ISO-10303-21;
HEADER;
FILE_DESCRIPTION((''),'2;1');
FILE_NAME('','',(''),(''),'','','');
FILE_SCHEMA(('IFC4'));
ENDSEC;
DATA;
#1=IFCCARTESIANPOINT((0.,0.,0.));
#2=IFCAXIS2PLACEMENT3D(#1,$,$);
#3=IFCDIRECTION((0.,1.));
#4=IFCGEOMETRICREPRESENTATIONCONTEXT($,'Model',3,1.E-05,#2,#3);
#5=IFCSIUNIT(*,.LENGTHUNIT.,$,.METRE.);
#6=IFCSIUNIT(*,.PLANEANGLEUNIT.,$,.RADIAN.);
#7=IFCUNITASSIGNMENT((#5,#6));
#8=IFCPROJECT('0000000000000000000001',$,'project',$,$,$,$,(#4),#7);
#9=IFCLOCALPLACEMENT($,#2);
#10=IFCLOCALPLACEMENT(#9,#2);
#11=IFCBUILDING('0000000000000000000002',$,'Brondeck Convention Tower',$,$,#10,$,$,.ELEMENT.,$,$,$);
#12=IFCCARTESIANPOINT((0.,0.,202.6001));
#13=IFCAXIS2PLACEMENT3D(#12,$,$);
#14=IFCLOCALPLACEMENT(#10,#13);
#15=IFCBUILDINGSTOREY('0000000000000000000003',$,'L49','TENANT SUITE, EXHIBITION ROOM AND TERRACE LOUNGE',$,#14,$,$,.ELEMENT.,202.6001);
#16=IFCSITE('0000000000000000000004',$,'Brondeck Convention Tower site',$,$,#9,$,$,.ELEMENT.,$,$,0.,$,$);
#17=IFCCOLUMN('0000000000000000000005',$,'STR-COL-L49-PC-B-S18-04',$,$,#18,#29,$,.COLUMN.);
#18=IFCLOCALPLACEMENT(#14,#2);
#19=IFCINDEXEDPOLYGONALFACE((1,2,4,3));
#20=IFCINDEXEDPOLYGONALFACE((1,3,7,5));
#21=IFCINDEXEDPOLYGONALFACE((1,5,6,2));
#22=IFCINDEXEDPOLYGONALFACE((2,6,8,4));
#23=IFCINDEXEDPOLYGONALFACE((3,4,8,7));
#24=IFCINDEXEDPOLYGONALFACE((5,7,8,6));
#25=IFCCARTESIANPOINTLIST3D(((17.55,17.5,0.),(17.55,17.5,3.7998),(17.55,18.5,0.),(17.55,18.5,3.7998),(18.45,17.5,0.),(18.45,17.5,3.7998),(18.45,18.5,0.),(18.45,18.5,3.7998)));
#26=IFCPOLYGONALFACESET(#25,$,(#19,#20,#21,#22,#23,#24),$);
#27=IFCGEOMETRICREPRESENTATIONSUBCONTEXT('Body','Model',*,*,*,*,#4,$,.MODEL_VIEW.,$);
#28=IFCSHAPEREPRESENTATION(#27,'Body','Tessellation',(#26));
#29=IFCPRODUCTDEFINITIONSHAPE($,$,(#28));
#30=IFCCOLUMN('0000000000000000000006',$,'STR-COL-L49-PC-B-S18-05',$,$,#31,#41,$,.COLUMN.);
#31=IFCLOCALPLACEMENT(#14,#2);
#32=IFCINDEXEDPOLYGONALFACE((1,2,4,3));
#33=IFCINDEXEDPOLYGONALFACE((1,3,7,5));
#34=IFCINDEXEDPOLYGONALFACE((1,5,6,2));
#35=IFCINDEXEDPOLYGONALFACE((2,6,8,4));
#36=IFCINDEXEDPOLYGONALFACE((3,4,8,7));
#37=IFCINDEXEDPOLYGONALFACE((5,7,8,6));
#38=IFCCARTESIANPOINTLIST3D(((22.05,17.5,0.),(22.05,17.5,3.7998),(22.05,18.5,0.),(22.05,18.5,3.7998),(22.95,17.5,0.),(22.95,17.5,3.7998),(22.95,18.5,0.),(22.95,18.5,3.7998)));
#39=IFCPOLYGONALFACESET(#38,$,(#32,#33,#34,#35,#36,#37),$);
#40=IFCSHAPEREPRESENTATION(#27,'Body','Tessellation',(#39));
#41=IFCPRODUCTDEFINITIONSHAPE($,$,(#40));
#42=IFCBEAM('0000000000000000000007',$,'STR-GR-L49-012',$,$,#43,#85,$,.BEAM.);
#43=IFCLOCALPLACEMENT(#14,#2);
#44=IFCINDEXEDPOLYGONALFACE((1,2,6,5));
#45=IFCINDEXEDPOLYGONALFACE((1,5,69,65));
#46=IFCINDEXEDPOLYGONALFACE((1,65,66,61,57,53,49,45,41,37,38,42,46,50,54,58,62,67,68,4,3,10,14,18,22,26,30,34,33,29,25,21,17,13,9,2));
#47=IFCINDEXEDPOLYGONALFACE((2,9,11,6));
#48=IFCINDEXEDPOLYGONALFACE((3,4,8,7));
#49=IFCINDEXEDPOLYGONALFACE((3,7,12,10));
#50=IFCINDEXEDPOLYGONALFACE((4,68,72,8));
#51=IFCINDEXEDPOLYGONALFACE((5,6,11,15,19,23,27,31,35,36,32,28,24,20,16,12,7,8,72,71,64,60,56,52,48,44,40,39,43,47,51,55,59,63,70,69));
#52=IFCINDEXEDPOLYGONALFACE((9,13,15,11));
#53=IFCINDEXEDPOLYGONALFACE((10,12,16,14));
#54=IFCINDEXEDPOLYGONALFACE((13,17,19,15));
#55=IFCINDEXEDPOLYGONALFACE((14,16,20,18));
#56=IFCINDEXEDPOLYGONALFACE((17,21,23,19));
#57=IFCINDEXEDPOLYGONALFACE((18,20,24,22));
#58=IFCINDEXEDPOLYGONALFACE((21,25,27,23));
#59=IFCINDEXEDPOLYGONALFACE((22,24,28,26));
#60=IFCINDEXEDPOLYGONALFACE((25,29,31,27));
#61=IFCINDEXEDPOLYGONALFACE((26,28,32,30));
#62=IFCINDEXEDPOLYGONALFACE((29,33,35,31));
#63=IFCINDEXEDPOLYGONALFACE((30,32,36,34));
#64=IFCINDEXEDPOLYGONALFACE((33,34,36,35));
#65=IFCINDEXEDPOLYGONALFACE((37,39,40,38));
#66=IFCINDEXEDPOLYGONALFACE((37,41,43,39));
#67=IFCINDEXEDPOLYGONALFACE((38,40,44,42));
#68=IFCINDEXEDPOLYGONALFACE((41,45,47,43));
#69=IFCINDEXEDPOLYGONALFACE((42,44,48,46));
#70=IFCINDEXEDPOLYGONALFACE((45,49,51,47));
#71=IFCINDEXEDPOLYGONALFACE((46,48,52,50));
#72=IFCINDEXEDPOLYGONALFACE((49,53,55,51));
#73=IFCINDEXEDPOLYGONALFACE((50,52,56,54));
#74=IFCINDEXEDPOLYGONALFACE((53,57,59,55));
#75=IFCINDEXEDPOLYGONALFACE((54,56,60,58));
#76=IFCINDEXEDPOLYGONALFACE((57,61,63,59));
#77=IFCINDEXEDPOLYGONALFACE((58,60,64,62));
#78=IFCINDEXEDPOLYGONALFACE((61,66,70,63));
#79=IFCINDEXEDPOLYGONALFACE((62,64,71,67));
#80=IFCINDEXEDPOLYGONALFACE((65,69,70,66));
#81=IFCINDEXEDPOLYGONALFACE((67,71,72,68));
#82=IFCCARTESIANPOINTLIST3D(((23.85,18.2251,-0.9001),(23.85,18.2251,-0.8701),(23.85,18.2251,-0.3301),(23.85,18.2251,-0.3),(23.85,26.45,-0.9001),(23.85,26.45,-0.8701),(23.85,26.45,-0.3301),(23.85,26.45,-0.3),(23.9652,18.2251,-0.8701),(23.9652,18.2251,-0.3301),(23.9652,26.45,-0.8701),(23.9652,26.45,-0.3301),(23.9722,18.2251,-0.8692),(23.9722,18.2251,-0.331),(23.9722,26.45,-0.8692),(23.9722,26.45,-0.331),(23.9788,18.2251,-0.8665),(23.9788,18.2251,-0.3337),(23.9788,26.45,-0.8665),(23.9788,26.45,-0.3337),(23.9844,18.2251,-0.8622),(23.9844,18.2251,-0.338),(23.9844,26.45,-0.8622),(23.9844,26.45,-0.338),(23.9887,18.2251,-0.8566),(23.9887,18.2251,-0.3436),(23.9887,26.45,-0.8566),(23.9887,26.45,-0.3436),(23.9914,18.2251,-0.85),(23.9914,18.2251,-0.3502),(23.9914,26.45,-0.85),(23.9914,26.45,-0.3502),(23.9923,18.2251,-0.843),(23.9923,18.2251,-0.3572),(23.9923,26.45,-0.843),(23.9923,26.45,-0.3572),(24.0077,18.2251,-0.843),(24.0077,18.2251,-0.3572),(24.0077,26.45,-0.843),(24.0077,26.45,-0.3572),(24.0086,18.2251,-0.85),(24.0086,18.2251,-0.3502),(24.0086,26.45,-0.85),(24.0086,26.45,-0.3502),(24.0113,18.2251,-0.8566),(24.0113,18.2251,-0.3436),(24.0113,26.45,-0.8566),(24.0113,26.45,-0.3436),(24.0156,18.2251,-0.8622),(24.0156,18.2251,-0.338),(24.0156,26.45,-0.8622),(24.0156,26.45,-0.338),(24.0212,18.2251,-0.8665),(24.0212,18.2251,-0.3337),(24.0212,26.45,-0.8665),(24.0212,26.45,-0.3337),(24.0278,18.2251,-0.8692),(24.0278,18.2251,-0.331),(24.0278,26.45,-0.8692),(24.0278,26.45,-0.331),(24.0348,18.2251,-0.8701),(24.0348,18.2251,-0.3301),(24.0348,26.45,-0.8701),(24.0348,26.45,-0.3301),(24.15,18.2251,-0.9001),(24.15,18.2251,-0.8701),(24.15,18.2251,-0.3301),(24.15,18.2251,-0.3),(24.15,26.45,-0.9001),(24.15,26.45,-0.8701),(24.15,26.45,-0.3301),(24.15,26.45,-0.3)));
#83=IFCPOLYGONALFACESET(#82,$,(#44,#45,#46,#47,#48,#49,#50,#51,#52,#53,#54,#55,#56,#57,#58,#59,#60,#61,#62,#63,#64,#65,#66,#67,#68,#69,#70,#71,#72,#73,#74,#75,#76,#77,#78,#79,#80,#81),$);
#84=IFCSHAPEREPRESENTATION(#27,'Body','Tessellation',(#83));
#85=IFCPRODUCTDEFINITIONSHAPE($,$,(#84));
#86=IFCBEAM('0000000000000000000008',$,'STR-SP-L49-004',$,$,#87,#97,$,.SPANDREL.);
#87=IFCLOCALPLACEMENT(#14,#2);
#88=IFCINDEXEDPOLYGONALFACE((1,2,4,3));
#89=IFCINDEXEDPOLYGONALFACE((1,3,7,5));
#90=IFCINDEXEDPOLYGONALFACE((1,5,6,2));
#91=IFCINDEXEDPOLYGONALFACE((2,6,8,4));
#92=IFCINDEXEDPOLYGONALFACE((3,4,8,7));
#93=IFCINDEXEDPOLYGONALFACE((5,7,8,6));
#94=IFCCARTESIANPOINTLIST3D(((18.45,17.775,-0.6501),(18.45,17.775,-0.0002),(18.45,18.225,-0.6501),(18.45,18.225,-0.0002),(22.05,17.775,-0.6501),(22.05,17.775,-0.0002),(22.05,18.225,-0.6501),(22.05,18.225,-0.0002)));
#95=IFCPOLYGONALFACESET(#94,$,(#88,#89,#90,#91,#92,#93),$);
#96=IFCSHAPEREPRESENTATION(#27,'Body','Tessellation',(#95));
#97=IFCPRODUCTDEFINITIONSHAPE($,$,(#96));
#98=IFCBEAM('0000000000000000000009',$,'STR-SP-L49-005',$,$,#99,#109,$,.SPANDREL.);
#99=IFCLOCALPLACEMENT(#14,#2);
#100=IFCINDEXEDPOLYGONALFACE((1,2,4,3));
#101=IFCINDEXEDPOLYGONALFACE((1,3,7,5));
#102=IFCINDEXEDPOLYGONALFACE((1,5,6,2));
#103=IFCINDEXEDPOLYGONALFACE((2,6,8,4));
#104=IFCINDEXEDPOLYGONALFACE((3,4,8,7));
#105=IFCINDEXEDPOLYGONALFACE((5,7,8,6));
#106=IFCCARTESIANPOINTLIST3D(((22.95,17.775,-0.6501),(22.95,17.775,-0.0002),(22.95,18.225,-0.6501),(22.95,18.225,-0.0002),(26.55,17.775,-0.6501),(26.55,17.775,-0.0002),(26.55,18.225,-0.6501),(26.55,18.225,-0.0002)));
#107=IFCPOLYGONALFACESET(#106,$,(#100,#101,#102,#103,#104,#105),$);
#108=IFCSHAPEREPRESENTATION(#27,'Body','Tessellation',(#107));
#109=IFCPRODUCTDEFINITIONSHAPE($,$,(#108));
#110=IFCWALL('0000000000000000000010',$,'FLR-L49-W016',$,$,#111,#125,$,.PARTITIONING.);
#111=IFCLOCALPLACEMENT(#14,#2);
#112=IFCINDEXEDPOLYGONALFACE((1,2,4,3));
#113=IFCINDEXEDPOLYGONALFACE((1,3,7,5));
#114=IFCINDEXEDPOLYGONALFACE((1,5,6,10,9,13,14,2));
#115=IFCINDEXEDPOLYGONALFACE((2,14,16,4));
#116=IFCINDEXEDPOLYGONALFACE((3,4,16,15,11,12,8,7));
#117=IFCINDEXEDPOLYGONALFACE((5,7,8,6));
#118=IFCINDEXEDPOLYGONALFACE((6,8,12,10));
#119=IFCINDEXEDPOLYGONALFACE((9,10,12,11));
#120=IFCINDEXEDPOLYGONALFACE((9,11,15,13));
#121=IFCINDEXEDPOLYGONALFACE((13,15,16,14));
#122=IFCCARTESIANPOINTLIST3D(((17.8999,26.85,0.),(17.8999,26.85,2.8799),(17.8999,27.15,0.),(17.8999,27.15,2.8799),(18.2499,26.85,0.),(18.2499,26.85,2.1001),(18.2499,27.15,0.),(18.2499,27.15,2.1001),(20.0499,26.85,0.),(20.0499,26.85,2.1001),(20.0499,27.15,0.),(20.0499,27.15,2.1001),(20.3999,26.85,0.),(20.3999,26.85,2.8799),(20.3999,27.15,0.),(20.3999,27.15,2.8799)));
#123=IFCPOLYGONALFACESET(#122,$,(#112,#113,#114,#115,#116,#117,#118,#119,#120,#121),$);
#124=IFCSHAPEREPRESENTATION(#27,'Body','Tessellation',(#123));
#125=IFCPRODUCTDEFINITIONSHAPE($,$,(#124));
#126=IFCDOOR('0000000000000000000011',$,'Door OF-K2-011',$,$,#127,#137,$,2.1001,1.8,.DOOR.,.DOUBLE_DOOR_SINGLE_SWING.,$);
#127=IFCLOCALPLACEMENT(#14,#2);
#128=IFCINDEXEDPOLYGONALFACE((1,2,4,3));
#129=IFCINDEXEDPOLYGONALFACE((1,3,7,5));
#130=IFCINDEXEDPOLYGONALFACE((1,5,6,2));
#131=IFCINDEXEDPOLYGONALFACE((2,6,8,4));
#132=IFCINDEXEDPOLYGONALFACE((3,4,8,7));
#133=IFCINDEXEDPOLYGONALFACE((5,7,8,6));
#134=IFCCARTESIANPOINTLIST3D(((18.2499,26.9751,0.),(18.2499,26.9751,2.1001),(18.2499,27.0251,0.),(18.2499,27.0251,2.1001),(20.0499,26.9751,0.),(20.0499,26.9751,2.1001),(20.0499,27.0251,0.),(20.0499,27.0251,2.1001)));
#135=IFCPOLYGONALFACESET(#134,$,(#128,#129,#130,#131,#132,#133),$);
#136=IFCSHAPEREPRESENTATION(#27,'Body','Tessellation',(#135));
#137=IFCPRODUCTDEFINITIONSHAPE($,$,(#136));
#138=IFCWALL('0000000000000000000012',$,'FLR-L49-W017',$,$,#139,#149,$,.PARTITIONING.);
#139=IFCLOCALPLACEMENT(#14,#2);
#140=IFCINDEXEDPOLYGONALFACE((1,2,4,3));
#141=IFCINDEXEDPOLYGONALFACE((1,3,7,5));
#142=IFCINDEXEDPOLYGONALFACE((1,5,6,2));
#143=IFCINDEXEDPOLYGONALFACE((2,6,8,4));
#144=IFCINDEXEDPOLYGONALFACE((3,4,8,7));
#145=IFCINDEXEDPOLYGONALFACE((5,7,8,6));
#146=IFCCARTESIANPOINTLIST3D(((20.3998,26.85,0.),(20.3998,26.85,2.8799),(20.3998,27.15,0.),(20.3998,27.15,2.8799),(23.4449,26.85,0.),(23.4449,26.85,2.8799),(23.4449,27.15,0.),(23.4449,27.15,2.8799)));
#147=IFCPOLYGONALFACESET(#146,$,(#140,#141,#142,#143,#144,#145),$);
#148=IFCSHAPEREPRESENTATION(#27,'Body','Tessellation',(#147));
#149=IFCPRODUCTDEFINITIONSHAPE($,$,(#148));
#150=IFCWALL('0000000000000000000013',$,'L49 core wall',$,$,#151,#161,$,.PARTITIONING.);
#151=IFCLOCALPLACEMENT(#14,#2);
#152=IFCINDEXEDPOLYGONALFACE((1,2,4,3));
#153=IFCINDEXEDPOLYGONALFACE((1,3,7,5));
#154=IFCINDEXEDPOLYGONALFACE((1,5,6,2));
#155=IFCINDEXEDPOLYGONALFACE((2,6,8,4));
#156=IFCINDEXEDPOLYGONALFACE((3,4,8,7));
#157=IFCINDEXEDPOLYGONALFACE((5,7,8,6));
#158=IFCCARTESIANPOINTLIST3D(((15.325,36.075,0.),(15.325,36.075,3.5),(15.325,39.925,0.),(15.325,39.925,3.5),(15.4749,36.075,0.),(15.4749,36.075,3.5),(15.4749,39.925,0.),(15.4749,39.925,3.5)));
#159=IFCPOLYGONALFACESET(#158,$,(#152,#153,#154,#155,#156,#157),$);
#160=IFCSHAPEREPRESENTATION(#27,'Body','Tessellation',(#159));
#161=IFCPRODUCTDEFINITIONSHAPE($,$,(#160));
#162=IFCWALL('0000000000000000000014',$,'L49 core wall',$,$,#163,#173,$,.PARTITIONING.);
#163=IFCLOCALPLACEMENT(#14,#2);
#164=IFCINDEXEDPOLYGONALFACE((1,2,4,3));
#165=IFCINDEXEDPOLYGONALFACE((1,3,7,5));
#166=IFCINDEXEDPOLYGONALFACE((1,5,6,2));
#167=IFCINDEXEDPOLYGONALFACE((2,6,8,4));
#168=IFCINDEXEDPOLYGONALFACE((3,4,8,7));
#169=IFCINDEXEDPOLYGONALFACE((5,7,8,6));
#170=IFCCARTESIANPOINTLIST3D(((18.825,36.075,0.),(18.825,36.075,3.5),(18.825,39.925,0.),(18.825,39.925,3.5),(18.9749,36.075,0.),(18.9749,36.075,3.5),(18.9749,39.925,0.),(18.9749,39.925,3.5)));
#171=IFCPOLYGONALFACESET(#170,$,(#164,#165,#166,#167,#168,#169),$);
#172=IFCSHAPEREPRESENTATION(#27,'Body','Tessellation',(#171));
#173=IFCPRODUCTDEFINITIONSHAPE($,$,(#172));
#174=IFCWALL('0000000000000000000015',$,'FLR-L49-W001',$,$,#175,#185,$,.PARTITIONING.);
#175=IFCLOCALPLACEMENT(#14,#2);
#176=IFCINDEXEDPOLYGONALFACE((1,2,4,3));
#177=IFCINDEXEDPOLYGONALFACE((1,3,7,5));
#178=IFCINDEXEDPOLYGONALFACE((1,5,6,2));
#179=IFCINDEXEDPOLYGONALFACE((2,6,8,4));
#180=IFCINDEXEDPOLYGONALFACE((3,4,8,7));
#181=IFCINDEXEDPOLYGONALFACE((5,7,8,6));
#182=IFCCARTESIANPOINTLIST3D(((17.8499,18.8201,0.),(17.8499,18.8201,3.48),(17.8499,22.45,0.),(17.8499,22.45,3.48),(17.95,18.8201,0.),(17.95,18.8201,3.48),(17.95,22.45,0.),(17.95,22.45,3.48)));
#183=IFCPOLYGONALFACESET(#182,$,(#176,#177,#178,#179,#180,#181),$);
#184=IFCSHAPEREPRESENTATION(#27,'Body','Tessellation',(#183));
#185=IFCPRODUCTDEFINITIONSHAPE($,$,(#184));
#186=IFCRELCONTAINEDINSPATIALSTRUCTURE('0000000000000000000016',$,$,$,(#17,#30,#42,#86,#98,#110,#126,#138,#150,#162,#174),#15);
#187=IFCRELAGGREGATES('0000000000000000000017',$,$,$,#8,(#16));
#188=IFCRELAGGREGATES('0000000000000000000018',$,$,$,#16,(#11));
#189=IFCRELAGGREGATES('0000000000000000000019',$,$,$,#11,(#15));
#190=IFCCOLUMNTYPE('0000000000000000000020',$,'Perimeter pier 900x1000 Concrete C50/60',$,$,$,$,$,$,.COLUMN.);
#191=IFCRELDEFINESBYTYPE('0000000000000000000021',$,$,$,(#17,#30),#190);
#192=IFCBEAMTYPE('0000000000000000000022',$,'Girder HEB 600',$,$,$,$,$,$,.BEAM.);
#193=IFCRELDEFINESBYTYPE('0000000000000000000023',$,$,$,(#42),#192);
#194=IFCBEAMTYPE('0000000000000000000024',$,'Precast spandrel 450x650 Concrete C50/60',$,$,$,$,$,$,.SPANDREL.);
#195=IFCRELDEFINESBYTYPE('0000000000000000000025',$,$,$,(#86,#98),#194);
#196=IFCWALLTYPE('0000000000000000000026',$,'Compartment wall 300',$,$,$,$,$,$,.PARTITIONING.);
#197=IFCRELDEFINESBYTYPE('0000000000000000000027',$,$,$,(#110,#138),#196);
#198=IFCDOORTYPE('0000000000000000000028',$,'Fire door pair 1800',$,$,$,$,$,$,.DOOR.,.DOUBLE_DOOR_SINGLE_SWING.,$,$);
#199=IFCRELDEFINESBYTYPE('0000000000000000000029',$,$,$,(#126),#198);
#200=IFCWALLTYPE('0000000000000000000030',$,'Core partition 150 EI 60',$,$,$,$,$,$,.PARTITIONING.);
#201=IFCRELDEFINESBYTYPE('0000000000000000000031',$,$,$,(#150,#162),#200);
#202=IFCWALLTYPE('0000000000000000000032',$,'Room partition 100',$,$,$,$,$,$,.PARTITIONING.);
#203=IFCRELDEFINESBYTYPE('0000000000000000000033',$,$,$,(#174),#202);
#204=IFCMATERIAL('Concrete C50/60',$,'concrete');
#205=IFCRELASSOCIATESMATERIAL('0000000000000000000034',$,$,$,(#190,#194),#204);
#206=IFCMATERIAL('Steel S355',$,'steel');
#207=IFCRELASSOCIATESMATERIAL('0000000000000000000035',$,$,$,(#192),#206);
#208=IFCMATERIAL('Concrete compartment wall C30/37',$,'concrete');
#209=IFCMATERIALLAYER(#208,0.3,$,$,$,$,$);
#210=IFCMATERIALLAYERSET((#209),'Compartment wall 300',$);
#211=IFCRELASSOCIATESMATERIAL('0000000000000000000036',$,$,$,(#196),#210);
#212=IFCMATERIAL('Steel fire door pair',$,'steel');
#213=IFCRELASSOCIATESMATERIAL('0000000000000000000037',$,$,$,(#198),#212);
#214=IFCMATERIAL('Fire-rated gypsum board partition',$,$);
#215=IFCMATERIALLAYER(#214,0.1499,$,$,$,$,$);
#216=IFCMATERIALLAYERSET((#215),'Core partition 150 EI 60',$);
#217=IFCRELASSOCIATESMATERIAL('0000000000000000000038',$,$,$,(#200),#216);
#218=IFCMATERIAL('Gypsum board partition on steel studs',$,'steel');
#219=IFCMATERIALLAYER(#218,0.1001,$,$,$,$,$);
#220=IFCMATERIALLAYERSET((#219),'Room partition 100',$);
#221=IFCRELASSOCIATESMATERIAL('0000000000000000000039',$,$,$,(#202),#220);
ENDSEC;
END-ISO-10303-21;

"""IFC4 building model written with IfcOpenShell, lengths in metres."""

from ifc_helpers import new_model, si_unit, direction, frame, frame_2d, origin, origin_2d, place, context, subcontext, project, spatial, rectangle, i_section, extrude, material, layer, layer_set, material_profile, profile_set, type_object, element, fill, save


model = new_model("IFC4")

# Units and contexts
model_context = context("Model", 3, precision=1e-05, world=origin(), true_north=direction((0.0, 1.0)))
body_context = subcontext(model_context, "Body", "Model", "MODEL_VIEW")
ifc_project = project(units=[si_unit("LENGTHUNIT", "METRE"), si_unit("PLANEANGLEUNIT", "RADIAN")], contexts=[model_context])

# Site, building, storey
site_placement = place(None, origin())
site = spatial("IfcSite", under=ifc_project, at=site_placement, Name="Brondeck Convention Tower site", CompositionType="ELEMENT", RefElevation=0.0)
building_placement = place(site_placement, origin())
building = spatial("IfcBuilding", under=site, at=building_placement, Name="Brondeck Convention Tower", CompositionType="ELEMENT")
storey_placement = place(building_placement, frame((0.0, 0.0, 202.6001)))
storey = spatial("IfcBuildingStorey", under=building, at=storey_placement, Name="L49", Description="TENANT SUITE, EXHIBITION ROOM AND TERRACE LOUNGE", CompositionType="ELEMENT", Elevation=202.6001)

# Columns
ifc_material_1 = material(Name="Concrete C50/60", Category="concrete")
ifc_material_profile_1 = material_profile(ifc_material_1, rectangle(XDim=0.8999, YDim=1.0, at=origin_2d()), Name="Perimeter pier 900x1000 Concrete C50/60")
ifc_profile_set_1 = profile_set([ifc_material_profile_1], Name="Concrete C50/60")
column_type = type_object("IfcColumnType", Name="Perimeter pier 900x1000 Concrete C50/60", PredefinedType="COLUMN", material=ifc_profile_set_1)
for number, where, z_axis, x_axis, name in (
    (1, (18.0, 18.0, 0.0), (0.0, 0.0, 1.0), (1.0, 0.0, 0.0), "STR-COL-L49-PC-B-S18-04"),
    (2, (22.5, 18.0, 0.0), (0.0, 0.0, 1.0), (1.0, 0.0, 0.0), "STR-COL-L49-PC-B-S18-05"),
):
    element("IfcColumn", number, at=place(storey_placement, frame(where, z_axis=z_axis, x_axis=x_axis)), inside=storey, type_object=column_type, Name=name, PredefinedType="COLUMN", context=body_context, shape_type="SweptSolid", body=[
        extrude(rectangle(XDim=0.8999, YDim=1.0, at=origin_2d()), origin(), (0.0, 0.0, 1.0), 3.7998),
    ])

# Beams
ifc_material_2 = material(Name="Steel S355", Category="steel")
ifc_material_profile_2 = material_profile(ifc_material_2, i_section(OverallWidth=0.3, OverallDepth=0.6001, WebThickness=0.0154, FlangeThickness=0.03, FilletRadius=0.0271, at=origin_2d()), Name="HEB 600")
ifc_profile_set_2 = profile_set([ifc_material_profile_2], Name="Steel S355")
beam_type_1 = type_object("IfcBeamType", Name="Girder HEB 600", PredefinedType="BEAM", material=ifc_profile_set_2)
beam_placement = place(storey_placement, frame((24.0, 26.45, -0.6001), z_axis=(0.0, -1.0, 0.0), x_axis=(1.0, 0.0, 0.0)))
element("IfcBeam", 3, at=beam_placement, inside=storey, type_object=beam_type_1, Name="STR-GR-L49-012", PredefinedType="BEAM", context=body_context, shape_type="SweptSolid", body=[
    extrude(i_section(OverallWidth=0.3, OverallDepth=0.6001, WebThickness=0.0154, FlangeThickness=0.03, FilletRadius=0.0271, at=origin_2d()), origin(), (0.0, 0.0, 1.0), 8.2249),
])
ifc_material_profile_3 = material_profile(ifc_material_1, rectangle(XDim=0.45, YDim=0.6499, at=origin_2d()), Name="Precast spandrel 450x650 Concrete C50/60")
ifc_profile_set_3 = profile_set([ifc_material_profile_3], Name="Concrete C50/60")
beam_type_2 = type_object("IfcBeamType", Name="Precast spandrel 450x650 Concrete C50/60", PredefinedType="SPANDREL", material=ifc_profile_set_3)
for number, where, z_axis, x_axis, name in (
    (4, (18.45, 18.0, -0.3252), (1.0, 0.0, 0.0), (0.0, 1.0, 0.0), "STR-SP-L49-004"),
    (5, (22.95, 18.0, -0.3252), (1.0, 0.0, 0.0), (0.0, 1.0, 0.0), "STR-SP-L49-005"),
):
    element("IfcBeam", number, at=place(storey_placement, frame(where, z_axis=z_axis, x_axis=x_axis)), inside=storey, type_object=beam_type_2, Name=name, PredefinedType="SPANDREL", context=body_context, shape_type="SweptSolid", body=[
        extrude(rectangle(XDim=0.45, YDim=0.6499, at=origin_2d()), origin(), (0.0, 0.0, 1.0), 3.6001),
    ])

# Wall, opening, door
ifc_material_3 = material(Name="Concrete compartment wall C30/37", Category="concrete")
ifc_layer_1 = layer(ifc_material_3, 0.3)
ifc_layer_set_1 = layer_set([ifc_layer_1], Name="Compartment wall 300")
wall_type_1 = type_object("IfcWallType", Name="Compartment wall 300", PredefinedType="PARTITIONING", material=ifc_layer_set_1)
wall_1_placement = place(storey_placement, frame((20.3999, 27.0, 0.0), z_axis=(0.0, 0.0, 1.0), x_axis=(-1.0, 0.0, 0.0)))
wall_1 = element("IfcWall", 6, at=wall_1_placement, inside=storey, type_object=wall_type_1, Name="FLR-L49-W016", PredefinedType="PARTITIONING", context=body_context, shape_type="SweptSolid", body=[
    extrude(rectangle(XDim=2.5, YDim=0.3, at=frame_2d((1.25, 0.0))), origin(), (0.0, 0.0, 1.0), 2.8799),
])
opening_1_placement = place(wall_1_placement, frame((0.3501, 0.0, 0.0)))
opening_1 = element("IfcOpeningElement", 7, at=opening_1_placement, cuts=wall_1, PredefinedType="OPENING", context=body_context, shape_type="SweptSolid", body=[
    extrude(rectangle(XDim=1.8, YDim=2.1001, at=frame_2d((0.8999, 1.05))), frame((0.0, 0.1599, 0.0), z_axis=(0.0, -1.0, 0.0), x_axis=(1.0, 0.0, 0.0)), (0.0, 0.0, 1.0), 0.3201),
])
ifc_material_4 = material(Name="Steel fire door pair", Category="steel")
door_type_1 = type_object("IfcDoorType", Name="Fire door pair 1800", OperationType="DOUBLE_DOOR_SINGLE_SWING", PredefinedType="DOOR", material=ifc_material_4)
door_1_placement = place(opening_1_placement, origin())
door_1 = element("IfcDoor", 8, at=door_1_placement, inside=storey, type_object=door_type_1, Name="Door OF-K2-011", OperationType="DOUBLE_DOOR_SINGLE_SWING", OverallHeight=2.1001, OverallWidth=1.8, PredefinedType="DOOR", context=body_context, shape_type="SweptSolid", body=[
    extrude(rectangle(XDim=1.8, YDim=2.1001, at=frame_2d((0.8999, 1.05))), frame((0.0, 0.0249, 0.0), z_axis=(0.0, -1.0, 0.0), x_axis=(1.0, 0.0, 0.0)), (0.0, 0.0, 1.0), 0.05),
])
fill(opening_1, door_1)

# Walls
wall_2_placement = place(storey_placement, frame((20.3999, 27.0, 0.0), z_axis=(0.0, 0.0, 1.0), x_axis=(1.0, 0.0, 0.0)))
element("IfcWall", 9, at=wall_2_placement, inside=storey, type_object=wall_type_1, Name="FLR-L49-W017", PredefinedType="PARTITIONING", context=body_context, shape_type="SweptSolid", body=[
    extrude(rectangle(XDim=3.0452, YDim=0.3, at=frame_2d((1.5225, 0.0))), origin(), (0.0, 0.0, 1.0), 2.8799),
])
ifc_material_5 = material(Name="Fire-rated gypsum board partition")
ifc_layer_2 = layer(ifc_material_5, 0.1499)
ifc_layer_set_2 = layer_set([ifc_layer_2], Name="Core partition 150 EI 60")
wall_type_2 = type_object("IfcWallType", Name="Core partition 150 EI 60", PredefinedType="PARTITIONING", material=ifc_layer_set_2)
for number, where, z_axis, x_axis, name in (
    (10, (15.3999, 36.075, 0.0), (0.0, 0.0, 1.0), (0.0, 1.0, 0.0), "L49 core wall"),
    (11, (18.8999, 36.075, 0.0), (0.0, 0.0, 1.0), (0.0, 1.0, 0.0), "L49 core wall"),
):
    element("IfcWall", number, at=place(storey_placement, frame(where, z_axis=z_axis, x_axis=x_axis)), inside=storey, type_object=wall_type_2, Name=name, PredefinedType="PARTITIONING", context=body_context, shape_type="SweptSolid", body=[
        extrude(rectangle(XDim=3.8501, YDim=0.1499, at=frame_2d((1.925, 0.0))), origin(), (0.0, 0.0, 1.0), 3.5),
    ])
ifc_material_6 = material(Name="Gypsum board partition on steel studs", Category="steel")
ifc_layer_3 = layer(ifc_material_6, 0.1001)
ifc_layer_set_3 = layer_set([ifc_layer_3], Name="Room partition 100")
wall_type_3 = type_object("IfcWallType", Name="Room partition 100", PredefinedType="PARTITIONING", material=ifc_layer_set_3)
wall_3_placement = place(storey_placement, frame((17.8999, 22.45, 0.0), z_axis=(0.0, 0.0, 1.0), x_axis=(0.0, -1.0, 0.0)))
element("IfcWall", 12, at=wall_3_placement, inside=storey, type_object=wall_type_3, Name="FLR-L49-W001", PredefinedType="PARTITIONING", context=body_context, shape_type="SweptSolid", body=[
    extrude(rectangle(XDim=3.6299, YDim=0.1001, at=frame_2d((1.8149, 0.0))), origin(), (0.0, 0.0, 1.0), 3.48),
])

save(model, "model.ifc")
